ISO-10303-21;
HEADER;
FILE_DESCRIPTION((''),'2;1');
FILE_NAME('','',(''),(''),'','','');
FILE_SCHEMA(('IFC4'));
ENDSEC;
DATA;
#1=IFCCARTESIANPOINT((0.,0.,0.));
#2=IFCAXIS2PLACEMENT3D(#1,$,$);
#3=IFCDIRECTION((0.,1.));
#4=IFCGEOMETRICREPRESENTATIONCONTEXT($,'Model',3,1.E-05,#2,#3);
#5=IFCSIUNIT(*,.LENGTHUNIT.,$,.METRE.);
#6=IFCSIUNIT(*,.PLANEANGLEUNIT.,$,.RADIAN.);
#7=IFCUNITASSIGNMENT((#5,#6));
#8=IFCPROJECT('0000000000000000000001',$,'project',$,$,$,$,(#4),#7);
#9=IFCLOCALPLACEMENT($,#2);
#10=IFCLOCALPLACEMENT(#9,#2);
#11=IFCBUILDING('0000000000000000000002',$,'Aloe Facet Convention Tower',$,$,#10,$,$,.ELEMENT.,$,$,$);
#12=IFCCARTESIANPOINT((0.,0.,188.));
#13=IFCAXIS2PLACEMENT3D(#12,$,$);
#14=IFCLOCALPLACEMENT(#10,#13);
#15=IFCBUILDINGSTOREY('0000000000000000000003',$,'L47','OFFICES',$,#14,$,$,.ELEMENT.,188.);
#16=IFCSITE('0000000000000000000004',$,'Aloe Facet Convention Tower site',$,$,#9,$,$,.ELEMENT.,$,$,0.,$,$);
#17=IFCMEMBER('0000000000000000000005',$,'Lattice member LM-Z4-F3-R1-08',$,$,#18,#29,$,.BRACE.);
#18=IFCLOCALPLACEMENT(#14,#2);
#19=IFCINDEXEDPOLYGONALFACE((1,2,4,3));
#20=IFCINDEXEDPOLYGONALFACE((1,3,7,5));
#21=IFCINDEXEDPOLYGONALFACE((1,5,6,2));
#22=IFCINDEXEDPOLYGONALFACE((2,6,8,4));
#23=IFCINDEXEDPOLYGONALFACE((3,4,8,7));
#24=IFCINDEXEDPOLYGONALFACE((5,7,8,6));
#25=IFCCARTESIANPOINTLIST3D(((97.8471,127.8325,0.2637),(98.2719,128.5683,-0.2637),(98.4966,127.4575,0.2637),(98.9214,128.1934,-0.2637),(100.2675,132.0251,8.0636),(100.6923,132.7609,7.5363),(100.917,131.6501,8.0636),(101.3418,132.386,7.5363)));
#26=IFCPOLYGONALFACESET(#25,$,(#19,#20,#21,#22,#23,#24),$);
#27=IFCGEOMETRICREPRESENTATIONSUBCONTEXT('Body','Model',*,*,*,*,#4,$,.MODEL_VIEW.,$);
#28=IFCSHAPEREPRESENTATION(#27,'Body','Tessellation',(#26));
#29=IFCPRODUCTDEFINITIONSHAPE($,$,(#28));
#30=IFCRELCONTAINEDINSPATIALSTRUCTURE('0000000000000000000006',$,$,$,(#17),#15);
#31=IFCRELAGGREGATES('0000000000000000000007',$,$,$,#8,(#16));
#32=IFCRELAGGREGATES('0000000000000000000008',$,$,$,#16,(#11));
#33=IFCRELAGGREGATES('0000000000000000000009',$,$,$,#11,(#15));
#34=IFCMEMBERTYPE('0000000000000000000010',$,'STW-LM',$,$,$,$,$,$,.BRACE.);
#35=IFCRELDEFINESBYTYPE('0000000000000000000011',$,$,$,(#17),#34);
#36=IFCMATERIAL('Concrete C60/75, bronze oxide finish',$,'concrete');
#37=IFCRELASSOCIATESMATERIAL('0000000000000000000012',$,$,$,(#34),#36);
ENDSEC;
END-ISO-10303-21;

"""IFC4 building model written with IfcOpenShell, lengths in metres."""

from ifc_helpers import new_model, si_unit, direction, frame, origin, origin_2d, place, context, subcontext, project, spatial, rectangle, extrude, material, material_profile, profile_set, type_object, element, save


model = new_model("IFC4")

# Units and contexts
model_context = context("Model", 3, precision=1e-05, world=origin(), true_north=direction((0.0, 1.0)))
body_context = subcontext(model_context, "Body", "Model", "MODEL_VIEW")
ifc_project = project(units=[si_unit("LENGTHUNIT", "METRE"), si_unit("PLANEANGLEUNIT", "RADIAN")], contexts=[model_context])

# Site, building, storey
site_placement = place(None, origin())
site = spatial("IfcSite", under=ifc_project, at=site_placement, Name="Aloe Facet Convention Tower site", CompositionType="ELEMENT", RefElevation=0.0)
building_placement = place(site_placement, origin())
building = spatial("IfcBuilding", under=site, at=building_placement, Name="Aloe Facet Convention Tower", CompositionType="ELEMENT")
storey_placement = place(building_placement, frame((0.0, 0.0, 188.0)))
storey = spatial("IfcBuildingStorey", under=building, at=storey_placement, Name="L47", Description="OFFICES", CompositionType="ELEMENT", Elevation=188.0)

# Member
ifc_material_1 = material(Name="Concrete C60/75, bronze oxide finish", Category="concrete")
ifc_material_profile_1 = material_profile(ifc_material_1, rectangle(XDim=0.75, YDim=1.0, at=origin_2d()), Name="STW-LM")
ifc_profile_set_1 = profile_set([ifc_material_profile_1], Name="Concrete C60/75, bronze oxide finish")
member_type = type_object("IfcMemberType", Name="STW-LM", PredefinedType="BRACE", material=ifc_profile_set_1)
member_1_placement = place(storey_placement, frame((98.3843, 128.0129, 0.0), z_axis=(0.263654, 0.4567, 0.849654), x_axis=(-0.866044, 0.499968, 0.0)))
element("IfcMember", 1, at=member_1_placement, inside=storey, type_object=member_type, Name="Lattice member LM-Z4-F3-R1-08", PredefinedType="BRACE", context=body_context, shape_type="SweptSolid", body=[
    extrude(rectangle(XDim=0.75, YDim=1.0, at=origin_2d()), origin(), (0.0, 0.0, 1.0), 9.1802),
])

save(model, "model.ifc")
